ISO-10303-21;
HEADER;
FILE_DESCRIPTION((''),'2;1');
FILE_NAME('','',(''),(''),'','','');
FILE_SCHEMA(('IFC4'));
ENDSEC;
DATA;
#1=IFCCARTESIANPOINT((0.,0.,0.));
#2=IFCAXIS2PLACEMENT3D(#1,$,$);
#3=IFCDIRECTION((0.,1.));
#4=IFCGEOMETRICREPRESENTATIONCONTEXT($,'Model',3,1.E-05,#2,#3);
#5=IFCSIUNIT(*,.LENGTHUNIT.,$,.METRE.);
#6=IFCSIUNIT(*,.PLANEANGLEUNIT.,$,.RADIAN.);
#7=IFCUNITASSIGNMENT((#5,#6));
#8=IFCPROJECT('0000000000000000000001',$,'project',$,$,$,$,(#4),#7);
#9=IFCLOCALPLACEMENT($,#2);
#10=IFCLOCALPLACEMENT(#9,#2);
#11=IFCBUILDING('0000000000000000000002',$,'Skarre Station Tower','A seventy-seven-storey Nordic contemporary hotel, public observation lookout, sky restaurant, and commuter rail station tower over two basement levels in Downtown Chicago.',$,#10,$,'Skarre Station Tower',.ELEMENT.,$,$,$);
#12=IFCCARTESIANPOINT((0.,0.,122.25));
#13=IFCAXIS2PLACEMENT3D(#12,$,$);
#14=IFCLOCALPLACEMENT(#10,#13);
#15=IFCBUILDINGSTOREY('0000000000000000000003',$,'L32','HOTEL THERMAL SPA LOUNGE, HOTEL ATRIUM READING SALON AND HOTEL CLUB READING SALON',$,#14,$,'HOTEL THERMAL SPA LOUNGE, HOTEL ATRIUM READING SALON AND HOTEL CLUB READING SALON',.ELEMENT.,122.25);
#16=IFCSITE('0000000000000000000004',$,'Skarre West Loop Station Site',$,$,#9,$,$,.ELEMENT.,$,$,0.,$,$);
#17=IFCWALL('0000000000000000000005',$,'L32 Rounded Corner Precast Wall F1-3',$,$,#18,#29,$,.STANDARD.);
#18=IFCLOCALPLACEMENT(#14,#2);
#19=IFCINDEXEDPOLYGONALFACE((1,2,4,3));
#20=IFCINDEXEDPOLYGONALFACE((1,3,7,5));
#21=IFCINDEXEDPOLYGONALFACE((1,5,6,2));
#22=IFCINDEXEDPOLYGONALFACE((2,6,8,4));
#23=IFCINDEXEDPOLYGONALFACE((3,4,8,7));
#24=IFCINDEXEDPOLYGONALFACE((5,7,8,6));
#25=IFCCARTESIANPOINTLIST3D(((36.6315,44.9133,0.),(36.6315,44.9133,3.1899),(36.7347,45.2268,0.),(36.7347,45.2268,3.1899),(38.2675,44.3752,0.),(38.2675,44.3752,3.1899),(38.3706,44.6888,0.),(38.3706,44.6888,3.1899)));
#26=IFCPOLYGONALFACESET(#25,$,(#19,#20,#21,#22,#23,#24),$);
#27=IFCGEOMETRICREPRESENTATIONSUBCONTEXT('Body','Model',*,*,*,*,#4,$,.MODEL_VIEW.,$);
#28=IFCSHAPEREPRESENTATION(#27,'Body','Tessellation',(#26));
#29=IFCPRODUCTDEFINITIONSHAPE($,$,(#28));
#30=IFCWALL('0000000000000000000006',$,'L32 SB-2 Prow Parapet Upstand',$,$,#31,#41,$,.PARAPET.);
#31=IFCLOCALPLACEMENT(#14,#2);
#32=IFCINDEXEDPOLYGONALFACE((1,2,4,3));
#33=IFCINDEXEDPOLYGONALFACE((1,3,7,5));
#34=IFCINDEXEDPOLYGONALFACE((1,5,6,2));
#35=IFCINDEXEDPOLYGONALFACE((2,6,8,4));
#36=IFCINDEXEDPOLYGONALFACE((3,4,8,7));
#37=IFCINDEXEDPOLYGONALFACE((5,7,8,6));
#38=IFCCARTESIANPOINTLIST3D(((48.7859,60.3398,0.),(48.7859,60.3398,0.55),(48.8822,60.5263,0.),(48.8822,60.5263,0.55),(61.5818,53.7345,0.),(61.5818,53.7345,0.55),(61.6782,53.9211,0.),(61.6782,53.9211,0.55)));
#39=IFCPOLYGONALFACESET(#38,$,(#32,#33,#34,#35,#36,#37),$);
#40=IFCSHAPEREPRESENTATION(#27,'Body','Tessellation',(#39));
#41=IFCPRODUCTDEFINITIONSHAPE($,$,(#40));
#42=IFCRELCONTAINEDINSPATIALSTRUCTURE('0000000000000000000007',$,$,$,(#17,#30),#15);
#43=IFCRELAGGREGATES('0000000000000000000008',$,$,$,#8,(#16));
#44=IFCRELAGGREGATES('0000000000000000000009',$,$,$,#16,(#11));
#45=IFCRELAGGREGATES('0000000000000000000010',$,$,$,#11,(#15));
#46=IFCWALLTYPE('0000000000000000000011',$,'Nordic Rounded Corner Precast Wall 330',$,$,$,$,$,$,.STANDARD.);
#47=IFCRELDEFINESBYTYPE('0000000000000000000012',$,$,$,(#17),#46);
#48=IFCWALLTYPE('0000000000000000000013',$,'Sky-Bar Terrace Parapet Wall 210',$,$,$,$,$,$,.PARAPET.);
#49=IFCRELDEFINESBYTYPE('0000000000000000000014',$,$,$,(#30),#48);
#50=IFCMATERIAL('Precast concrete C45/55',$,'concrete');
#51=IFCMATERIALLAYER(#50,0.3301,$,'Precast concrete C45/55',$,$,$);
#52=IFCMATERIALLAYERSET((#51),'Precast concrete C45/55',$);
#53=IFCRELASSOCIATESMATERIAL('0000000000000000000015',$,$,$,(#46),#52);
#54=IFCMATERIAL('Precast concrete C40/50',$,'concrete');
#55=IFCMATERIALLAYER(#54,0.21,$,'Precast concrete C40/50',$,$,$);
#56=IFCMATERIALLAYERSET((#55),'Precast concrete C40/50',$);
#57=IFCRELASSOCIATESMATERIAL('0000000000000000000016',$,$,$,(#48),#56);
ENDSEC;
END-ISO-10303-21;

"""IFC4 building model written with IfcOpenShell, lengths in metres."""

from ifc_helpers import new_model, si_unit, direction, frame, frame_2d, origin, place, context, subcontext, project, spatial, rectangle, extrude, material, layer, layer_set, type_object, element, save


model = new_model("IFC4")

# Units and contexts
model_context = context("Model", 3, precision=1e-05, world=origin(), true_north=direction((0.0, 1.0)))
body_context = subcontext(model_context, "Body", "Model", "MODEL_VIEW")
ifc_project = project(units=[si_unit("LENGTHUNIT", "METRE"), si_unit("PLANEANGLEUNIT", "RADIAN")], contexts=[model_context])

# Site, building, storey
site_placement = place(None, origin())
site = spatial("IfcSite", under=ifc_project, at=site_placement, Name="Skarre West Loop Station Site", CompositionType="ELEMENT", RefElevation=0.0)
building_placement = place(site_placement, origin())
building = spatial("IfcBuilding", under=site, at=building_placement, Name="Skarre Station Tower", Description="A seventy-seven-storey Nordic contemporary hotel, public observation lookout, sky restaurant, and commuter rail station tower over two basement levels in Downtown Chicago.", LongName="Skarre Station Tower", CompositionType="ELEMENT")
storey_placement = place(building_placement, frame((0.0, 0.0, 122.25)))
storey = spatial("IfcBuildingStorey", under=building, at=storey_placement, Name="L32", Description="HOTEL THERMAL SPA LOUNGE, HOTEL ATRIUM READING SALON AND HOTEL CLUB READING SALON", LongName="HOTEL THERMAL SPA LOUNGE, HOTEL ATRIUM READING SALON AND HOTEL CLUB READING SALON", CompositionType="ELEMENT", Elevation=122.25)

# Shared definitions
ifc_material_1 = material(Name="Precast concrete C45/55", Category="concrete")

# Shared definitions
ifc_layer_1 = layer(ifc_material_1, 0.3301, Name="Precast concrete C45/55")
ifc_layer_set_1 = layer_set([ifc_layer_1], Name="Precast concrete C45/55")
wall_type_1 = type_object("IfcWallType", Name="Nordic Rounded Corner Precast Wall 330", PredefinedType="STANDARD", material=ifc_layer_set_1)

# Walls
wall_1_placement = place(storey_placement, frame((36.6831, 45.0701, 0.0), z_axis=(0.0, 0.0, 1.0), x_axis=(0.949937, -0.31244, 0.0)))
element("IfcWall", 1, at=wall_1_placement, inside=storey, type_object=wall_type_1, Name="L32 Rounded Corner Precast Wall F1-3", PredefinedType="STANDARD", context=body_context, shape_type="SweptSolid", body=[
    extrude(rectangle(XDim=1.7222, YDim=0.3301, at=frame_2d((0.8611, 0.0))), origin(), (0.0, 0.0, 1.0), 3.1899),
])
ifc_material_2 = material(Name="Precast concrete C40/50", Category="concrete")
ifc_layer_2 = layer(ifc_material_2, 0.21, Name="Precast concrete C40/50")
ifc_layer_set_2 = layer_set([ifc_layer_2], Name="Precast concrete C40/50")
wall_type_2 = type_object("IfcWallType", Name="Sky-Bar Terrace Parapet Wall 210", PredefinedType="PARAPET", material=ifc_layer_set_2)
wall_2_placement = place(storey_placement, frame((48.834, 60.4331, 0.0), z_axis=(0.0, 0.0, 1.0), x_axis=(0.888595, -0.458692, 0.0)))
element("IfcWall", 2, at=wall_2_placement, inside=storey, type_object=wall_type_2, Name="L32 SB-2 Prow Parapet Upstand", PredefinedType="PARAPET", context=body_context, shape_type="SweptSolid", body=[
    extrude(rectangle(XDim=14.4001, YDim=0.21, at=frame_2d((7.2002, 0.0))), origin(), (0.0, 0.0, 1.0), 0.55),
])

save(model, "model.ifc")
